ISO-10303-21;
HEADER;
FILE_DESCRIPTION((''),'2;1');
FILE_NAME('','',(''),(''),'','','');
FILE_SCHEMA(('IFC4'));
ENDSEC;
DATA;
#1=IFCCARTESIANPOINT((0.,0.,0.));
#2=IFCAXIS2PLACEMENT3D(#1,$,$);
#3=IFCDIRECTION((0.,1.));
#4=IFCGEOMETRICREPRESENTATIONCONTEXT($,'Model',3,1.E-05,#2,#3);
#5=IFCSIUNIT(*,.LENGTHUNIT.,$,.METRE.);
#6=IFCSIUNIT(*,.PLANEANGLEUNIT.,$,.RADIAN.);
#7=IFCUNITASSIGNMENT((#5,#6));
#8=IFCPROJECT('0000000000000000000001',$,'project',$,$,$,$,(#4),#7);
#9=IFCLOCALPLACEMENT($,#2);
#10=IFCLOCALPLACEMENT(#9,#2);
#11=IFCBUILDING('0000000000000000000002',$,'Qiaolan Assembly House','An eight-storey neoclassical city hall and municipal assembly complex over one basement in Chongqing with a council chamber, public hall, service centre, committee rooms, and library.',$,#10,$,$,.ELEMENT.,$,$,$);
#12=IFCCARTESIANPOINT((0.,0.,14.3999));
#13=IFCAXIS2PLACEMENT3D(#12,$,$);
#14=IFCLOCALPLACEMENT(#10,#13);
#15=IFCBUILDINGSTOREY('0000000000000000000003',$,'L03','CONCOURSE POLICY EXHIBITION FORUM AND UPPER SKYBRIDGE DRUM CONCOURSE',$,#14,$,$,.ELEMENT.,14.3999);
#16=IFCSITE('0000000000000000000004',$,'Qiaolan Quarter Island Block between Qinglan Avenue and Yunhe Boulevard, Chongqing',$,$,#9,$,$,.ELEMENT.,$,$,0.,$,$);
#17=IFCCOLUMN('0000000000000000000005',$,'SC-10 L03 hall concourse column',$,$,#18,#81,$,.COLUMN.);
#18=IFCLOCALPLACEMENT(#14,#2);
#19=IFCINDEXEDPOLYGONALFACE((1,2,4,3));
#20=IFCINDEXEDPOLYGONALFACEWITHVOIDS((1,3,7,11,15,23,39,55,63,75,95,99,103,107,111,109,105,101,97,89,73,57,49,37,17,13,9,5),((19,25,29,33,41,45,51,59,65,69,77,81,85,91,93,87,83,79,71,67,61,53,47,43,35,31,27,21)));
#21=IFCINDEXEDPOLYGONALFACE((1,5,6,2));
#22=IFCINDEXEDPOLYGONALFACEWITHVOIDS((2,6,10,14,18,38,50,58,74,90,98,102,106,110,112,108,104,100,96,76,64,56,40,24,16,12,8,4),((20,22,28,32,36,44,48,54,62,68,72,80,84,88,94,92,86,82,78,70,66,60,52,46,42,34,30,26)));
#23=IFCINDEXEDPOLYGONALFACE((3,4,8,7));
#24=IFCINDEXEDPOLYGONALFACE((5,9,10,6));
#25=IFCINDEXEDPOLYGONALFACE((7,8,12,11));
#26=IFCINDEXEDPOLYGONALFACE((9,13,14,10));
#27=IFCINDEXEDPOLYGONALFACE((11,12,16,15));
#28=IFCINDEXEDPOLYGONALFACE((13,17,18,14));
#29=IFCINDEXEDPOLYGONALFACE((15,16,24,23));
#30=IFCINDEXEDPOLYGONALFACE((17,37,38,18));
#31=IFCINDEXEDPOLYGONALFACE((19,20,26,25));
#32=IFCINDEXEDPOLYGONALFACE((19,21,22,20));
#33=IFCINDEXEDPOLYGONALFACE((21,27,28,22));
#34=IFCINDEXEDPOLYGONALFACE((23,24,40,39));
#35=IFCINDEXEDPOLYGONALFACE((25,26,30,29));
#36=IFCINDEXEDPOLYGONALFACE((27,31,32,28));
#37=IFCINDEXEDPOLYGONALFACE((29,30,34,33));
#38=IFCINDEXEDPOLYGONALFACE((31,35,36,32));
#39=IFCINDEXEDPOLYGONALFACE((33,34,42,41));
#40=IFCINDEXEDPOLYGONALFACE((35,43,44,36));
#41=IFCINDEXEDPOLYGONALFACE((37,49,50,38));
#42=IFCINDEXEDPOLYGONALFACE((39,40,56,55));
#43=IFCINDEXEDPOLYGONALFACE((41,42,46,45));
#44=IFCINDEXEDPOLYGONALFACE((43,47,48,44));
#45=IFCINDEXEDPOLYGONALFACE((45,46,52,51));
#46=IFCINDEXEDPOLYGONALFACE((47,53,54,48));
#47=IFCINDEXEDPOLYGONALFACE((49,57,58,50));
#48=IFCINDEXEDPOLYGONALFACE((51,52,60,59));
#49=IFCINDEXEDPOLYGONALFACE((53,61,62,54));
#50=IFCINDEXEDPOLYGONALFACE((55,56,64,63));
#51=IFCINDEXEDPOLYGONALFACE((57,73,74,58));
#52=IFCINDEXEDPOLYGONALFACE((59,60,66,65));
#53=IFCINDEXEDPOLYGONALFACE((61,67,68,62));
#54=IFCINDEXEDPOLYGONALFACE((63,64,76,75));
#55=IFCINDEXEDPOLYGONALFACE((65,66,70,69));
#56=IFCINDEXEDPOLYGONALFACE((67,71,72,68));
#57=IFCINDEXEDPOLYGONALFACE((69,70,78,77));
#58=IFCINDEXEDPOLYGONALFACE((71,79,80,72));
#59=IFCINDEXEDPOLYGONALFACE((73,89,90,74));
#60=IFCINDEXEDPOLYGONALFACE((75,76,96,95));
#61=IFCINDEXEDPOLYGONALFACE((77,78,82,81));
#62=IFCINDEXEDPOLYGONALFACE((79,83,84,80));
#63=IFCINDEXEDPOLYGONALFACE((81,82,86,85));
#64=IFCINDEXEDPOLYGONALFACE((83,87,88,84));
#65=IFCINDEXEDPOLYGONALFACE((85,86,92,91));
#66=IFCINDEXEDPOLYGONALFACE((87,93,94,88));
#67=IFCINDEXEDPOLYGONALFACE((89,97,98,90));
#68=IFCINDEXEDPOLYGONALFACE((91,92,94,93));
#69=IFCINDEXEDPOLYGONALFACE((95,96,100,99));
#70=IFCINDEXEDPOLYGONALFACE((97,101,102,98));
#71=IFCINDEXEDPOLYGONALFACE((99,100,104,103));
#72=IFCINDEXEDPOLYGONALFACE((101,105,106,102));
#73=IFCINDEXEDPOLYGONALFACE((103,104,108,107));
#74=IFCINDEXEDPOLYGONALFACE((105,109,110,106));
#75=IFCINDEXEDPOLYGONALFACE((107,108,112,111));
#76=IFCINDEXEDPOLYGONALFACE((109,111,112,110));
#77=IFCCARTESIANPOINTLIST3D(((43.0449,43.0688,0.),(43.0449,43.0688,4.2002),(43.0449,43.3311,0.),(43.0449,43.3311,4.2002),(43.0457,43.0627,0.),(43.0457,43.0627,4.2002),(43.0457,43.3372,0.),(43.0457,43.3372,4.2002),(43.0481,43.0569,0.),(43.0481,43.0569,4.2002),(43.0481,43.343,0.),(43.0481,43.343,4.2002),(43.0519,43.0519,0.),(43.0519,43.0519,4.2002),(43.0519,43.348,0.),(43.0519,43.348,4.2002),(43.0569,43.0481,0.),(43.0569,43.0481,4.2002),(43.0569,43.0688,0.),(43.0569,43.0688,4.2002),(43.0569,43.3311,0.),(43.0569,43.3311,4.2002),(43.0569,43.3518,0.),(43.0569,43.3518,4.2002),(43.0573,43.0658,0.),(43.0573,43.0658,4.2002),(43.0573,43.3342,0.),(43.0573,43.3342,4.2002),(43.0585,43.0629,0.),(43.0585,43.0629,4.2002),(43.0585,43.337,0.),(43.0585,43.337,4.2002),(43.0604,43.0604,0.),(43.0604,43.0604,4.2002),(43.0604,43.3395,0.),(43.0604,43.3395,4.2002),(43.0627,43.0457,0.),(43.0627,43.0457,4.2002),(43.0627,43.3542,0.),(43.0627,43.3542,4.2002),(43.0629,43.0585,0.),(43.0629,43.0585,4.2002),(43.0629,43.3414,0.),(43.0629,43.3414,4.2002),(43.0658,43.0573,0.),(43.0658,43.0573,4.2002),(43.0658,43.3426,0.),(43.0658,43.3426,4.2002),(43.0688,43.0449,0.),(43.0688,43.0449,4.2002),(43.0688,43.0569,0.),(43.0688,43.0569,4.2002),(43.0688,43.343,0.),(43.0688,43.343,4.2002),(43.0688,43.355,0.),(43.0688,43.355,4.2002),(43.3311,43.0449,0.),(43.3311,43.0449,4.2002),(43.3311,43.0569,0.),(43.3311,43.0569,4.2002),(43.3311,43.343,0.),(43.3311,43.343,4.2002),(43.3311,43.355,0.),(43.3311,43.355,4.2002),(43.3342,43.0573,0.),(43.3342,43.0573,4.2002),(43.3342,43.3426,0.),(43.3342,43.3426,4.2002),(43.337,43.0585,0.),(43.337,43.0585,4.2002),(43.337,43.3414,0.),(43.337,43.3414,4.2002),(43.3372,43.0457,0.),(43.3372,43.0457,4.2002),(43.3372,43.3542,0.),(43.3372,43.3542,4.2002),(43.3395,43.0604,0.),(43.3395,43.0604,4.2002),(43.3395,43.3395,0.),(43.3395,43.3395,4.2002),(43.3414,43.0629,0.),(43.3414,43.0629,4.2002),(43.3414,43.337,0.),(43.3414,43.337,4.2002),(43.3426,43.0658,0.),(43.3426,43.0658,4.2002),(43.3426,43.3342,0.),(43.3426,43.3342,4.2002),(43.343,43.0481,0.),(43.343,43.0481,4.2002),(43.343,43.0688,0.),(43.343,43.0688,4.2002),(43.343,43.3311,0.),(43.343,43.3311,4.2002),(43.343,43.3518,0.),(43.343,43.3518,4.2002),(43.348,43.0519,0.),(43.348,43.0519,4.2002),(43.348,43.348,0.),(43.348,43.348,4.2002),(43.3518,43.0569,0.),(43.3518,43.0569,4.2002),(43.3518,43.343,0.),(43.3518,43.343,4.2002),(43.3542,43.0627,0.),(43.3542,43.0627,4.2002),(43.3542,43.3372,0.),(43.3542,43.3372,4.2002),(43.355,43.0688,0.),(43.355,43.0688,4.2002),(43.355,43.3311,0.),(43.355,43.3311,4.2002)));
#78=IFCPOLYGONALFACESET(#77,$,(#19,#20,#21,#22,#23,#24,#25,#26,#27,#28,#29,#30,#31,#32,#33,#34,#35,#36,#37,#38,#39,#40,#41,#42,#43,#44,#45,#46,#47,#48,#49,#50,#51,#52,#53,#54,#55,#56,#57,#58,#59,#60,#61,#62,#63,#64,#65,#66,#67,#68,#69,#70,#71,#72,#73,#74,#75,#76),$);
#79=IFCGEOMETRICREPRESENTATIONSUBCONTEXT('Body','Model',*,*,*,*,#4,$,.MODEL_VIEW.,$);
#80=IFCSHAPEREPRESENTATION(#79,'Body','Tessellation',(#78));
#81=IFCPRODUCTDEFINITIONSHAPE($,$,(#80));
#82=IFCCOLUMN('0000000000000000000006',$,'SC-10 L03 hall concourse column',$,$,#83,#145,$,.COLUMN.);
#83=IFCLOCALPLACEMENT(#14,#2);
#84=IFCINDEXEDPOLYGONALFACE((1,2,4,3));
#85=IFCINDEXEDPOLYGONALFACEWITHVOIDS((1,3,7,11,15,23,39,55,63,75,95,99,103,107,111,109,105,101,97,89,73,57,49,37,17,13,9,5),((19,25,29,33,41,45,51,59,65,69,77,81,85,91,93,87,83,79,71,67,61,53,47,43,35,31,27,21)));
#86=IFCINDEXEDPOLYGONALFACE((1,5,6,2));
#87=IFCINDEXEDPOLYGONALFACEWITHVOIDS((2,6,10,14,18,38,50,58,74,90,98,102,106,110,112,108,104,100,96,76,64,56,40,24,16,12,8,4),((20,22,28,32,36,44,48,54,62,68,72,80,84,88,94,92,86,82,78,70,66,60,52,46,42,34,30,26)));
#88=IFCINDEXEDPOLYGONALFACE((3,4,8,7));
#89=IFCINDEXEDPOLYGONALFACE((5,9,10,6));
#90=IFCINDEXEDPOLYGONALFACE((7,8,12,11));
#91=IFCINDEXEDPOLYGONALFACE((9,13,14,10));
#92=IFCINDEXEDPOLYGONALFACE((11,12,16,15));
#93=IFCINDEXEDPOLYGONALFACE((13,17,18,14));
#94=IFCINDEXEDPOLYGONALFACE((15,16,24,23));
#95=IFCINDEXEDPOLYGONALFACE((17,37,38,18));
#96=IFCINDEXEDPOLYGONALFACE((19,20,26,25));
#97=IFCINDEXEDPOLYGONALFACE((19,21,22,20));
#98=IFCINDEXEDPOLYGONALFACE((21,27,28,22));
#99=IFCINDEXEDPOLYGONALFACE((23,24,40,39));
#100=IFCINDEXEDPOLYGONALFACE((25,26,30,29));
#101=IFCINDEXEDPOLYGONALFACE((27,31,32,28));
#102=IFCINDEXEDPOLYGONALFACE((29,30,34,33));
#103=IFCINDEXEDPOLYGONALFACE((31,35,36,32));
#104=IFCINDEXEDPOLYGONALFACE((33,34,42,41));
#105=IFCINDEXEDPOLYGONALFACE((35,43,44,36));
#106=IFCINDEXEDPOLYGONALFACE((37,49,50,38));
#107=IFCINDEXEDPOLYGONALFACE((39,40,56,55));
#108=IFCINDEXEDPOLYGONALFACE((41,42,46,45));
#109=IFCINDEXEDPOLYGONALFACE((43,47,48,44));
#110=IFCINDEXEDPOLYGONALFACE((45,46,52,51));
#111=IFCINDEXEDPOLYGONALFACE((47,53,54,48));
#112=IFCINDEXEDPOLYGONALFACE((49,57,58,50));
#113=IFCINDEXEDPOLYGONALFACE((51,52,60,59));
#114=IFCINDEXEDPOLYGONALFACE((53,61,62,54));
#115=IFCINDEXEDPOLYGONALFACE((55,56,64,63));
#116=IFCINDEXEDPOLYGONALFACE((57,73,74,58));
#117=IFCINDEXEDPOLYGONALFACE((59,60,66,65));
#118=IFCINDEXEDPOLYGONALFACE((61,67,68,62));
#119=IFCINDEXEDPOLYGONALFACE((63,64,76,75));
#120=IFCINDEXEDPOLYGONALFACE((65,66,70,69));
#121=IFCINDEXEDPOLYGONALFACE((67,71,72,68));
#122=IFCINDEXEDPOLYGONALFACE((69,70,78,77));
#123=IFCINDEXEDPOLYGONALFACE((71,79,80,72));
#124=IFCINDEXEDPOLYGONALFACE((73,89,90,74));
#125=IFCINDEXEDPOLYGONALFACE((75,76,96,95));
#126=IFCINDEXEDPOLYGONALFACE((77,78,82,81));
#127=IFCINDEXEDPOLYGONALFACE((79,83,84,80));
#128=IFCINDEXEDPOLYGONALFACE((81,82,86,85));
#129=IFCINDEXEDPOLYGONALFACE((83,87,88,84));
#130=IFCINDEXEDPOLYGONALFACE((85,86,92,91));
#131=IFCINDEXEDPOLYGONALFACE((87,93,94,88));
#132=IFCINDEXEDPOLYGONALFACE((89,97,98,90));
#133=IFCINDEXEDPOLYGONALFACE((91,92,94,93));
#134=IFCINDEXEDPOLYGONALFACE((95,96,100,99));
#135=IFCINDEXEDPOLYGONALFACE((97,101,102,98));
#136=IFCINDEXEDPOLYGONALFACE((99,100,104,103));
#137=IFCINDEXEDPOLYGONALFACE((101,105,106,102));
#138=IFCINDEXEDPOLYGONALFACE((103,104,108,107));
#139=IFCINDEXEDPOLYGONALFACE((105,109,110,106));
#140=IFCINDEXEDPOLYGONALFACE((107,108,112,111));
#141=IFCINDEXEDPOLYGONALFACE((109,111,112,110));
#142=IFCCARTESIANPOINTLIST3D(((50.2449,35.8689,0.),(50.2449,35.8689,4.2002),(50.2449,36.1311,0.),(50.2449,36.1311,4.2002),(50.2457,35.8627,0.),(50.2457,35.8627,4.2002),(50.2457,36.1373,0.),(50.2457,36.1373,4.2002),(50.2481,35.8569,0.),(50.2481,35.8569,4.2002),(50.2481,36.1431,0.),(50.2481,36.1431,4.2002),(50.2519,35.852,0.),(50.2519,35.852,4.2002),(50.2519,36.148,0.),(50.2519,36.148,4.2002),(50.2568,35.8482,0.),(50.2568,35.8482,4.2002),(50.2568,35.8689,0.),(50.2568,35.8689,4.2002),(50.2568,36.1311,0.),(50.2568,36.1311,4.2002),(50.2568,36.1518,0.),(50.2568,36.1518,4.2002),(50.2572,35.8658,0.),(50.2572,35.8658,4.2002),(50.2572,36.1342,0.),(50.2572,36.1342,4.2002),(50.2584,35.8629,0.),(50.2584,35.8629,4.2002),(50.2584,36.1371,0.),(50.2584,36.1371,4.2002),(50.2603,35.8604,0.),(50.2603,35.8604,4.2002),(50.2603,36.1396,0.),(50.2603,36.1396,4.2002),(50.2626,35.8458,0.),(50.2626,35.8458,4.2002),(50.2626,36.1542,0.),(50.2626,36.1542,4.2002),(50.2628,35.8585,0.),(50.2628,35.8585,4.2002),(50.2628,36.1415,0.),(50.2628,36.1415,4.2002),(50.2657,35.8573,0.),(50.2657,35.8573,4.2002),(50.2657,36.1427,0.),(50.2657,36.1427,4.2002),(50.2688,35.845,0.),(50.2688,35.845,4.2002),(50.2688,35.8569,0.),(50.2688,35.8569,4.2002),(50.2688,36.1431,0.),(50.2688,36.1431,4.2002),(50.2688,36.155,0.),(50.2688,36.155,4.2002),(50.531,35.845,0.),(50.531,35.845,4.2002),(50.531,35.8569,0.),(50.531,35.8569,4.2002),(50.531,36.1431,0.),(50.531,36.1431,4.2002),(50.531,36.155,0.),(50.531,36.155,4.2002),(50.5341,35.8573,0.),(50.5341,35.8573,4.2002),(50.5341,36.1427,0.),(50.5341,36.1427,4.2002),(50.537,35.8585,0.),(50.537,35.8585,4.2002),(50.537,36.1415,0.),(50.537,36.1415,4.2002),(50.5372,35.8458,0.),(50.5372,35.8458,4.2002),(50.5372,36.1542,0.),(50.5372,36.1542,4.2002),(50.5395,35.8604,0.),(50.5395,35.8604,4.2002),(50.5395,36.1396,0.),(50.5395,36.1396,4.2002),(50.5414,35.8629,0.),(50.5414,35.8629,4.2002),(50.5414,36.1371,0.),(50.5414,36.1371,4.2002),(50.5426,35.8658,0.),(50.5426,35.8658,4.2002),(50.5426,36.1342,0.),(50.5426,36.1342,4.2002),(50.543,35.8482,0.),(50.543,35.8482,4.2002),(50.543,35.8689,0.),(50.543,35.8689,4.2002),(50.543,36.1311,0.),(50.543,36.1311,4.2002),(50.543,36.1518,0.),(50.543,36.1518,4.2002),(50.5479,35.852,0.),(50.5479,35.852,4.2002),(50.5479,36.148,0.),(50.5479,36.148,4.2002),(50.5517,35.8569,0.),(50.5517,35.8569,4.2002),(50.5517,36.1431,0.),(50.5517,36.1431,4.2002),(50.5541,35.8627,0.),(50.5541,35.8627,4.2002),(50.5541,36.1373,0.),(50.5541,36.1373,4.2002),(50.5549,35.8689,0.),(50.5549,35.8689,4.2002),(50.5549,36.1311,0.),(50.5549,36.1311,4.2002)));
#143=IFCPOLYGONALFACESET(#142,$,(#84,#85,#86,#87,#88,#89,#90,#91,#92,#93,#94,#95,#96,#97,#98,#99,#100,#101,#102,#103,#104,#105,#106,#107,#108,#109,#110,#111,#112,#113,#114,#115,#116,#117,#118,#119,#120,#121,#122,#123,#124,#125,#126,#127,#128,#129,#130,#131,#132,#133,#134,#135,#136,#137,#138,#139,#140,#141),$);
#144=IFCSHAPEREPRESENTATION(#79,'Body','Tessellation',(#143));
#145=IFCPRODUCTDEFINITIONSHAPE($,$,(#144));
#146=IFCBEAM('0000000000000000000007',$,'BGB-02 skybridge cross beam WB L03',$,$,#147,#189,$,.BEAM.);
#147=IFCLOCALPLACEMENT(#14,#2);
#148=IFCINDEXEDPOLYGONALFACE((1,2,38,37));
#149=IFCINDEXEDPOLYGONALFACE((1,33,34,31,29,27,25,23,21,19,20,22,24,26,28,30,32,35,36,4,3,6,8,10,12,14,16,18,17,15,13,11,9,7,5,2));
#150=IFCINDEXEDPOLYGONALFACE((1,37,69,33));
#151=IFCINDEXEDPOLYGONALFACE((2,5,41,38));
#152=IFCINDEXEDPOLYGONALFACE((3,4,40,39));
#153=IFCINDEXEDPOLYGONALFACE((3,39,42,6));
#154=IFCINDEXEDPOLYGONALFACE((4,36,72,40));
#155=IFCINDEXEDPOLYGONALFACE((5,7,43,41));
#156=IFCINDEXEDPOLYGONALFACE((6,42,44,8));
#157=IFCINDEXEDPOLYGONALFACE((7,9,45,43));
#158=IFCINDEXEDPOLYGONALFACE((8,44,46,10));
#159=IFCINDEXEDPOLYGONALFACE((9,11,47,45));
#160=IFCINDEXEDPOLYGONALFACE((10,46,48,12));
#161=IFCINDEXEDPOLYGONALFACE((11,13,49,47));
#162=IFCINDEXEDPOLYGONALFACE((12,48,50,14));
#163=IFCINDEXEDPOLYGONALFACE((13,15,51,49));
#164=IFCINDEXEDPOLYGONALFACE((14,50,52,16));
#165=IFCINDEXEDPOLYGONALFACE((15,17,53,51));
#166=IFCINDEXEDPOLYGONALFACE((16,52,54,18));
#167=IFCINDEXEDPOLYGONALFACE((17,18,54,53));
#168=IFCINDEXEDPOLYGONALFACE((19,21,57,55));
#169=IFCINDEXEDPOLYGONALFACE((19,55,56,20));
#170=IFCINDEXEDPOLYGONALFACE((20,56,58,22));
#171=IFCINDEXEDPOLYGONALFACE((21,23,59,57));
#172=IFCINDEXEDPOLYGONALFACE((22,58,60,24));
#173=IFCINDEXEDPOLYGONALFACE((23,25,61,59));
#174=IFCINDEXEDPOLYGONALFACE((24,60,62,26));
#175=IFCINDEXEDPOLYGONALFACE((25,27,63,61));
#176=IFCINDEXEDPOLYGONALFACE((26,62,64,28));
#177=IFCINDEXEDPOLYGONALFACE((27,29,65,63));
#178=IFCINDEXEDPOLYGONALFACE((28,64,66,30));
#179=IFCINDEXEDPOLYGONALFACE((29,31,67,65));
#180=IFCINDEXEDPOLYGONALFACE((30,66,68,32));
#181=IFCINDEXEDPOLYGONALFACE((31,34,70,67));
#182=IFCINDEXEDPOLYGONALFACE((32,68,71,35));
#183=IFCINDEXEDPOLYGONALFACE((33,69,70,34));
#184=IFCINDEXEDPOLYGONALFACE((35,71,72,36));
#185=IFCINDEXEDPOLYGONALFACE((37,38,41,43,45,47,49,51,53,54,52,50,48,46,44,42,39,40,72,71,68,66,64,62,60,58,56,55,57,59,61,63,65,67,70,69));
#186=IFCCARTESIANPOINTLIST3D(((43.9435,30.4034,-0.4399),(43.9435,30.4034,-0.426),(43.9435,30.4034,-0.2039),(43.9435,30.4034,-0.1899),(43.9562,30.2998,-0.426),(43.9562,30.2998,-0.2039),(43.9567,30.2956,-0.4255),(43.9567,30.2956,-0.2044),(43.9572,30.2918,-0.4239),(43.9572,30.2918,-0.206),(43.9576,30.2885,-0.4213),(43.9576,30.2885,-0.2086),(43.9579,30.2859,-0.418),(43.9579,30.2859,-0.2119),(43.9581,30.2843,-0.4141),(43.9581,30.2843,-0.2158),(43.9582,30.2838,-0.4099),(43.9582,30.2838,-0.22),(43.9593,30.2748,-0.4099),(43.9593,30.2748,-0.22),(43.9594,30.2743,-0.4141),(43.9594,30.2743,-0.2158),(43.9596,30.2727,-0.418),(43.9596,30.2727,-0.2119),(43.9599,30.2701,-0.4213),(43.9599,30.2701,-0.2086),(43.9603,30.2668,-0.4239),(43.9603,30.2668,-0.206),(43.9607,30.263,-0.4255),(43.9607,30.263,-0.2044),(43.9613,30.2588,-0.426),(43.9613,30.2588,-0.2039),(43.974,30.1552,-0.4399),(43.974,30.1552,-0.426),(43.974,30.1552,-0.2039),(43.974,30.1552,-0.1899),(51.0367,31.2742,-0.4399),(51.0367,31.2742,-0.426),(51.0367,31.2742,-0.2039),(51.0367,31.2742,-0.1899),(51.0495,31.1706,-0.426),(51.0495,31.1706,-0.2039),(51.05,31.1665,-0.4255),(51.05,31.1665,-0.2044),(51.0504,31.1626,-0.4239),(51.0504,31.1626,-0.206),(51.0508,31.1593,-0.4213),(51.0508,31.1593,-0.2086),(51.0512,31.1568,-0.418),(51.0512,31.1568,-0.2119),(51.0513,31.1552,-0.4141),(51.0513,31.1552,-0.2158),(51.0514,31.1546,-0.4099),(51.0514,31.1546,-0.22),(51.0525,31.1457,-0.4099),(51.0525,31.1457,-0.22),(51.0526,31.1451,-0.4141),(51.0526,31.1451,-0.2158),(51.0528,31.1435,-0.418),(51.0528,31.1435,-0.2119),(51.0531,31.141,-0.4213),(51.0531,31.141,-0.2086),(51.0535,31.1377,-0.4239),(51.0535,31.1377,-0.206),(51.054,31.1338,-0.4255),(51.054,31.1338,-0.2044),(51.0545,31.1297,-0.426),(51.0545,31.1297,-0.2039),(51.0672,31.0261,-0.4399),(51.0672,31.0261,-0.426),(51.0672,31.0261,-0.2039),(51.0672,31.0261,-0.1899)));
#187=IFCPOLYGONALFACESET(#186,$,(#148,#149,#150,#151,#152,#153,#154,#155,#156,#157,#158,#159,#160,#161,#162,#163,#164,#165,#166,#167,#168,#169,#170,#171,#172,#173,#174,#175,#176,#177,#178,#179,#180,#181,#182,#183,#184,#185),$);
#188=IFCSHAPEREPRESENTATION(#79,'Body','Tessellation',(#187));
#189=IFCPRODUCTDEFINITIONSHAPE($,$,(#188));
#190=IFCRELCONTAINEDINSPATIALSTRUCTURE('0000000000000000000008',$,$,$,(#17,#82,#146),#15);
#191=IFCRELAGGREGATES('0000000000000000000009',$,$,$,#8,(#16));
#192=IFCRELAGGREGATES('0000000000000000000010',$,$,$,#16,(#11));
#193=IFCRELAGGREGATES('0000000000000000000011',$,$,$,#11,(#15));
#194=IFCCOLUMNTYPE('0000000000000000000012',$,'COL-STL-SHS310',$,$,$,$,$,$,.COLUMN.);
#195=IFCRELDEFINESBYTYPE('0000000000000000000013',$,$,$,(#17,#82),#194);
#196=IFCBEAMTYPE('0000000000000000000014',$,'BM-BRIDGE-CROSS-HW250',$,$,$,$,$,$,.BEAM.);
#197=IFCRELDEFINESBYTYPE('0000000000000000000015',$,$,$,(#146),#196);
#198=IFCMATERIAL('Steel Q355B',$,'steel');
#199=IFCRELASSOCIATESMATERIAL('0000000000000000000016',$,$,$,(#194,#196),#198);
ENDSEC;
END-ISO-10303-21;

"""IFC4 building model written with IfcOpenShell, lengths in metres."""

from ifc_helpers import new_model, si_unit, direction, frame, origin, origin_2d, place, context, subcontext, project, spatial, hollow_rectangle, i_section, extrude, material, material_profile, profile_set, type_object, element, save


model = new_model("IFC4")

# Units and contexts
model_context = context("Model", 3, precision=1e-05, world=origin(), true_north=direction((0.0, 1.0)))
body_context = subcontext(model_context, "Body", "Model", "MODEL_VIEW")
ifc_project = project(units=[si_unit("LENGTHUNIT", "METRE"), si_unit("PLANEANGLEUNIT", "RADIAN")], contexts=[model_context])

# Site, building, storey
site_placement = place(None, origin())
site = spatial("IfcSite", under=ifc_project, at=site_placement, Name="Qiaolan Quarter Island Block between Qinglan Avenue and Yunhe Boulevard, Chongqing", CompositionType="ELEMENT", RefElevation=0.0)
building_placement = place(site_placement, origin())
building = spatial("IfcBuilding", under=site, at=building_placement, Name="Qiaolan Assembly House", Description="An eight-storey neoclassical city hall and municipal assembly complex over one basement in Chongqing with a council chamber, public hall, service centre, committee rooms, and library.", CompositionType="ELEMENT")
storey_placement = place(building_placement, frame((0.0, 0.0, 14.3999)))
storey = spatial("IfcBuildingStorey", under=building, at=storey_placement, Name="L03", Description="CONCOURSE POLICY EXHIBITION FORUM AND UPPER SKYBRIDGE DRUM CONCOURSE", CompositionType="ELEMENT", Elevation=14.3999)

# Columns
ifc_material_1 = material(Name="Steel Q355B", Category="steel")
ifc_material_profile_1 = material_profile(ifc_material_1, hollow_rectangle(XDim=0.3101, YDim=0.3101, WallThickness=0.012, InnerFilletRadius=0.012, OuterFilletRadius=0.0239, at=origin_2d()), Name="SHS 310x310x12")
ifc_profile_set_1 = profile_set([ifc_material_profile_1], Name="Steel Q355B")
column_type = type_object("IfcColumnType", Name="COL-STL-SHS310", PredefinedType="COLUMN", material=ifc_profile_set_1)
for number, where, z_axis, x_axis, name in (
    (1, (43.2, 43.2, 0.0), (0.0, 0.0, 1.0), (1.0, 0.0, 0.0), "SC-10 L03 hall concourse column"),
    (2, (50.3999, 36.0, 0.0), (0.0, 0.0, 1.0), (1.0, 0.0, 0.0), "SC-10 L03 hall concourse column"),
):
    element("IfcColumn", number, at=place(storey_placement, frame(where, z_axis=z_axis, x_axis=x_axis)), inside=storey, type_object=column_type, Name=name, PredefinedType="COLUMN", context=body_context, shape_type="SweptSolid", body=[
        extrude(hollow_rectangle(XDim=0.3101, YDim=0.3101, WallThickness=0.012, InnerFilletRadius=0.012, OuterFilletRadius=0.0239, at=origin_2d()), origin(), (0.0, 0.0, 1.0), 4.2002),
    ])

# Beam
ifc_material_profile_2 = material_profile(ifc_material_1, i_section(OverallWidth=0.25, OverallDepth=0.25, WebThickness=0.009, FlangeThickness=0.0139, FilletRadius=0.0161, at=origin_2d()), Name="HW 250x250x9x14")
ifc_profile_set_2 = profile_set([ifc_material_profile_2], Name="Steel Q355B")
beam_type_1 = type_object("IfcBeamType", Name="BM-BRIDGE-CROSS-HW250", PredefinedType="BEAM", material=ifc_profile_set_2)
beam_1_placement = place(storey_placement, frame((43.9587, 30.2793, -0.3149), z_axis=(0.992548, 0.121856, 0.0), x_axis=(-0.121856, 0.992548, 0.0)))
element("IfcBeam", 3, at=beam_1_placement, inside=storey, type_object=beam_type_1, Name="BGB-02 skybridge cross beam WB L03", PredefinedType="BEAM", context=body_context, shape_type="SweptSolid", body=[
    extrude(i_section(OverallWidth=0.25, OverallDepth=0.25, WebThickness=0.009, FlangeThickness=0.0139, FilletRadius=0.0161, at=origin_2d()), origin(), (0.0, 0.0, 1.0), 7.1465),
])

save(model, "model.ifc")
